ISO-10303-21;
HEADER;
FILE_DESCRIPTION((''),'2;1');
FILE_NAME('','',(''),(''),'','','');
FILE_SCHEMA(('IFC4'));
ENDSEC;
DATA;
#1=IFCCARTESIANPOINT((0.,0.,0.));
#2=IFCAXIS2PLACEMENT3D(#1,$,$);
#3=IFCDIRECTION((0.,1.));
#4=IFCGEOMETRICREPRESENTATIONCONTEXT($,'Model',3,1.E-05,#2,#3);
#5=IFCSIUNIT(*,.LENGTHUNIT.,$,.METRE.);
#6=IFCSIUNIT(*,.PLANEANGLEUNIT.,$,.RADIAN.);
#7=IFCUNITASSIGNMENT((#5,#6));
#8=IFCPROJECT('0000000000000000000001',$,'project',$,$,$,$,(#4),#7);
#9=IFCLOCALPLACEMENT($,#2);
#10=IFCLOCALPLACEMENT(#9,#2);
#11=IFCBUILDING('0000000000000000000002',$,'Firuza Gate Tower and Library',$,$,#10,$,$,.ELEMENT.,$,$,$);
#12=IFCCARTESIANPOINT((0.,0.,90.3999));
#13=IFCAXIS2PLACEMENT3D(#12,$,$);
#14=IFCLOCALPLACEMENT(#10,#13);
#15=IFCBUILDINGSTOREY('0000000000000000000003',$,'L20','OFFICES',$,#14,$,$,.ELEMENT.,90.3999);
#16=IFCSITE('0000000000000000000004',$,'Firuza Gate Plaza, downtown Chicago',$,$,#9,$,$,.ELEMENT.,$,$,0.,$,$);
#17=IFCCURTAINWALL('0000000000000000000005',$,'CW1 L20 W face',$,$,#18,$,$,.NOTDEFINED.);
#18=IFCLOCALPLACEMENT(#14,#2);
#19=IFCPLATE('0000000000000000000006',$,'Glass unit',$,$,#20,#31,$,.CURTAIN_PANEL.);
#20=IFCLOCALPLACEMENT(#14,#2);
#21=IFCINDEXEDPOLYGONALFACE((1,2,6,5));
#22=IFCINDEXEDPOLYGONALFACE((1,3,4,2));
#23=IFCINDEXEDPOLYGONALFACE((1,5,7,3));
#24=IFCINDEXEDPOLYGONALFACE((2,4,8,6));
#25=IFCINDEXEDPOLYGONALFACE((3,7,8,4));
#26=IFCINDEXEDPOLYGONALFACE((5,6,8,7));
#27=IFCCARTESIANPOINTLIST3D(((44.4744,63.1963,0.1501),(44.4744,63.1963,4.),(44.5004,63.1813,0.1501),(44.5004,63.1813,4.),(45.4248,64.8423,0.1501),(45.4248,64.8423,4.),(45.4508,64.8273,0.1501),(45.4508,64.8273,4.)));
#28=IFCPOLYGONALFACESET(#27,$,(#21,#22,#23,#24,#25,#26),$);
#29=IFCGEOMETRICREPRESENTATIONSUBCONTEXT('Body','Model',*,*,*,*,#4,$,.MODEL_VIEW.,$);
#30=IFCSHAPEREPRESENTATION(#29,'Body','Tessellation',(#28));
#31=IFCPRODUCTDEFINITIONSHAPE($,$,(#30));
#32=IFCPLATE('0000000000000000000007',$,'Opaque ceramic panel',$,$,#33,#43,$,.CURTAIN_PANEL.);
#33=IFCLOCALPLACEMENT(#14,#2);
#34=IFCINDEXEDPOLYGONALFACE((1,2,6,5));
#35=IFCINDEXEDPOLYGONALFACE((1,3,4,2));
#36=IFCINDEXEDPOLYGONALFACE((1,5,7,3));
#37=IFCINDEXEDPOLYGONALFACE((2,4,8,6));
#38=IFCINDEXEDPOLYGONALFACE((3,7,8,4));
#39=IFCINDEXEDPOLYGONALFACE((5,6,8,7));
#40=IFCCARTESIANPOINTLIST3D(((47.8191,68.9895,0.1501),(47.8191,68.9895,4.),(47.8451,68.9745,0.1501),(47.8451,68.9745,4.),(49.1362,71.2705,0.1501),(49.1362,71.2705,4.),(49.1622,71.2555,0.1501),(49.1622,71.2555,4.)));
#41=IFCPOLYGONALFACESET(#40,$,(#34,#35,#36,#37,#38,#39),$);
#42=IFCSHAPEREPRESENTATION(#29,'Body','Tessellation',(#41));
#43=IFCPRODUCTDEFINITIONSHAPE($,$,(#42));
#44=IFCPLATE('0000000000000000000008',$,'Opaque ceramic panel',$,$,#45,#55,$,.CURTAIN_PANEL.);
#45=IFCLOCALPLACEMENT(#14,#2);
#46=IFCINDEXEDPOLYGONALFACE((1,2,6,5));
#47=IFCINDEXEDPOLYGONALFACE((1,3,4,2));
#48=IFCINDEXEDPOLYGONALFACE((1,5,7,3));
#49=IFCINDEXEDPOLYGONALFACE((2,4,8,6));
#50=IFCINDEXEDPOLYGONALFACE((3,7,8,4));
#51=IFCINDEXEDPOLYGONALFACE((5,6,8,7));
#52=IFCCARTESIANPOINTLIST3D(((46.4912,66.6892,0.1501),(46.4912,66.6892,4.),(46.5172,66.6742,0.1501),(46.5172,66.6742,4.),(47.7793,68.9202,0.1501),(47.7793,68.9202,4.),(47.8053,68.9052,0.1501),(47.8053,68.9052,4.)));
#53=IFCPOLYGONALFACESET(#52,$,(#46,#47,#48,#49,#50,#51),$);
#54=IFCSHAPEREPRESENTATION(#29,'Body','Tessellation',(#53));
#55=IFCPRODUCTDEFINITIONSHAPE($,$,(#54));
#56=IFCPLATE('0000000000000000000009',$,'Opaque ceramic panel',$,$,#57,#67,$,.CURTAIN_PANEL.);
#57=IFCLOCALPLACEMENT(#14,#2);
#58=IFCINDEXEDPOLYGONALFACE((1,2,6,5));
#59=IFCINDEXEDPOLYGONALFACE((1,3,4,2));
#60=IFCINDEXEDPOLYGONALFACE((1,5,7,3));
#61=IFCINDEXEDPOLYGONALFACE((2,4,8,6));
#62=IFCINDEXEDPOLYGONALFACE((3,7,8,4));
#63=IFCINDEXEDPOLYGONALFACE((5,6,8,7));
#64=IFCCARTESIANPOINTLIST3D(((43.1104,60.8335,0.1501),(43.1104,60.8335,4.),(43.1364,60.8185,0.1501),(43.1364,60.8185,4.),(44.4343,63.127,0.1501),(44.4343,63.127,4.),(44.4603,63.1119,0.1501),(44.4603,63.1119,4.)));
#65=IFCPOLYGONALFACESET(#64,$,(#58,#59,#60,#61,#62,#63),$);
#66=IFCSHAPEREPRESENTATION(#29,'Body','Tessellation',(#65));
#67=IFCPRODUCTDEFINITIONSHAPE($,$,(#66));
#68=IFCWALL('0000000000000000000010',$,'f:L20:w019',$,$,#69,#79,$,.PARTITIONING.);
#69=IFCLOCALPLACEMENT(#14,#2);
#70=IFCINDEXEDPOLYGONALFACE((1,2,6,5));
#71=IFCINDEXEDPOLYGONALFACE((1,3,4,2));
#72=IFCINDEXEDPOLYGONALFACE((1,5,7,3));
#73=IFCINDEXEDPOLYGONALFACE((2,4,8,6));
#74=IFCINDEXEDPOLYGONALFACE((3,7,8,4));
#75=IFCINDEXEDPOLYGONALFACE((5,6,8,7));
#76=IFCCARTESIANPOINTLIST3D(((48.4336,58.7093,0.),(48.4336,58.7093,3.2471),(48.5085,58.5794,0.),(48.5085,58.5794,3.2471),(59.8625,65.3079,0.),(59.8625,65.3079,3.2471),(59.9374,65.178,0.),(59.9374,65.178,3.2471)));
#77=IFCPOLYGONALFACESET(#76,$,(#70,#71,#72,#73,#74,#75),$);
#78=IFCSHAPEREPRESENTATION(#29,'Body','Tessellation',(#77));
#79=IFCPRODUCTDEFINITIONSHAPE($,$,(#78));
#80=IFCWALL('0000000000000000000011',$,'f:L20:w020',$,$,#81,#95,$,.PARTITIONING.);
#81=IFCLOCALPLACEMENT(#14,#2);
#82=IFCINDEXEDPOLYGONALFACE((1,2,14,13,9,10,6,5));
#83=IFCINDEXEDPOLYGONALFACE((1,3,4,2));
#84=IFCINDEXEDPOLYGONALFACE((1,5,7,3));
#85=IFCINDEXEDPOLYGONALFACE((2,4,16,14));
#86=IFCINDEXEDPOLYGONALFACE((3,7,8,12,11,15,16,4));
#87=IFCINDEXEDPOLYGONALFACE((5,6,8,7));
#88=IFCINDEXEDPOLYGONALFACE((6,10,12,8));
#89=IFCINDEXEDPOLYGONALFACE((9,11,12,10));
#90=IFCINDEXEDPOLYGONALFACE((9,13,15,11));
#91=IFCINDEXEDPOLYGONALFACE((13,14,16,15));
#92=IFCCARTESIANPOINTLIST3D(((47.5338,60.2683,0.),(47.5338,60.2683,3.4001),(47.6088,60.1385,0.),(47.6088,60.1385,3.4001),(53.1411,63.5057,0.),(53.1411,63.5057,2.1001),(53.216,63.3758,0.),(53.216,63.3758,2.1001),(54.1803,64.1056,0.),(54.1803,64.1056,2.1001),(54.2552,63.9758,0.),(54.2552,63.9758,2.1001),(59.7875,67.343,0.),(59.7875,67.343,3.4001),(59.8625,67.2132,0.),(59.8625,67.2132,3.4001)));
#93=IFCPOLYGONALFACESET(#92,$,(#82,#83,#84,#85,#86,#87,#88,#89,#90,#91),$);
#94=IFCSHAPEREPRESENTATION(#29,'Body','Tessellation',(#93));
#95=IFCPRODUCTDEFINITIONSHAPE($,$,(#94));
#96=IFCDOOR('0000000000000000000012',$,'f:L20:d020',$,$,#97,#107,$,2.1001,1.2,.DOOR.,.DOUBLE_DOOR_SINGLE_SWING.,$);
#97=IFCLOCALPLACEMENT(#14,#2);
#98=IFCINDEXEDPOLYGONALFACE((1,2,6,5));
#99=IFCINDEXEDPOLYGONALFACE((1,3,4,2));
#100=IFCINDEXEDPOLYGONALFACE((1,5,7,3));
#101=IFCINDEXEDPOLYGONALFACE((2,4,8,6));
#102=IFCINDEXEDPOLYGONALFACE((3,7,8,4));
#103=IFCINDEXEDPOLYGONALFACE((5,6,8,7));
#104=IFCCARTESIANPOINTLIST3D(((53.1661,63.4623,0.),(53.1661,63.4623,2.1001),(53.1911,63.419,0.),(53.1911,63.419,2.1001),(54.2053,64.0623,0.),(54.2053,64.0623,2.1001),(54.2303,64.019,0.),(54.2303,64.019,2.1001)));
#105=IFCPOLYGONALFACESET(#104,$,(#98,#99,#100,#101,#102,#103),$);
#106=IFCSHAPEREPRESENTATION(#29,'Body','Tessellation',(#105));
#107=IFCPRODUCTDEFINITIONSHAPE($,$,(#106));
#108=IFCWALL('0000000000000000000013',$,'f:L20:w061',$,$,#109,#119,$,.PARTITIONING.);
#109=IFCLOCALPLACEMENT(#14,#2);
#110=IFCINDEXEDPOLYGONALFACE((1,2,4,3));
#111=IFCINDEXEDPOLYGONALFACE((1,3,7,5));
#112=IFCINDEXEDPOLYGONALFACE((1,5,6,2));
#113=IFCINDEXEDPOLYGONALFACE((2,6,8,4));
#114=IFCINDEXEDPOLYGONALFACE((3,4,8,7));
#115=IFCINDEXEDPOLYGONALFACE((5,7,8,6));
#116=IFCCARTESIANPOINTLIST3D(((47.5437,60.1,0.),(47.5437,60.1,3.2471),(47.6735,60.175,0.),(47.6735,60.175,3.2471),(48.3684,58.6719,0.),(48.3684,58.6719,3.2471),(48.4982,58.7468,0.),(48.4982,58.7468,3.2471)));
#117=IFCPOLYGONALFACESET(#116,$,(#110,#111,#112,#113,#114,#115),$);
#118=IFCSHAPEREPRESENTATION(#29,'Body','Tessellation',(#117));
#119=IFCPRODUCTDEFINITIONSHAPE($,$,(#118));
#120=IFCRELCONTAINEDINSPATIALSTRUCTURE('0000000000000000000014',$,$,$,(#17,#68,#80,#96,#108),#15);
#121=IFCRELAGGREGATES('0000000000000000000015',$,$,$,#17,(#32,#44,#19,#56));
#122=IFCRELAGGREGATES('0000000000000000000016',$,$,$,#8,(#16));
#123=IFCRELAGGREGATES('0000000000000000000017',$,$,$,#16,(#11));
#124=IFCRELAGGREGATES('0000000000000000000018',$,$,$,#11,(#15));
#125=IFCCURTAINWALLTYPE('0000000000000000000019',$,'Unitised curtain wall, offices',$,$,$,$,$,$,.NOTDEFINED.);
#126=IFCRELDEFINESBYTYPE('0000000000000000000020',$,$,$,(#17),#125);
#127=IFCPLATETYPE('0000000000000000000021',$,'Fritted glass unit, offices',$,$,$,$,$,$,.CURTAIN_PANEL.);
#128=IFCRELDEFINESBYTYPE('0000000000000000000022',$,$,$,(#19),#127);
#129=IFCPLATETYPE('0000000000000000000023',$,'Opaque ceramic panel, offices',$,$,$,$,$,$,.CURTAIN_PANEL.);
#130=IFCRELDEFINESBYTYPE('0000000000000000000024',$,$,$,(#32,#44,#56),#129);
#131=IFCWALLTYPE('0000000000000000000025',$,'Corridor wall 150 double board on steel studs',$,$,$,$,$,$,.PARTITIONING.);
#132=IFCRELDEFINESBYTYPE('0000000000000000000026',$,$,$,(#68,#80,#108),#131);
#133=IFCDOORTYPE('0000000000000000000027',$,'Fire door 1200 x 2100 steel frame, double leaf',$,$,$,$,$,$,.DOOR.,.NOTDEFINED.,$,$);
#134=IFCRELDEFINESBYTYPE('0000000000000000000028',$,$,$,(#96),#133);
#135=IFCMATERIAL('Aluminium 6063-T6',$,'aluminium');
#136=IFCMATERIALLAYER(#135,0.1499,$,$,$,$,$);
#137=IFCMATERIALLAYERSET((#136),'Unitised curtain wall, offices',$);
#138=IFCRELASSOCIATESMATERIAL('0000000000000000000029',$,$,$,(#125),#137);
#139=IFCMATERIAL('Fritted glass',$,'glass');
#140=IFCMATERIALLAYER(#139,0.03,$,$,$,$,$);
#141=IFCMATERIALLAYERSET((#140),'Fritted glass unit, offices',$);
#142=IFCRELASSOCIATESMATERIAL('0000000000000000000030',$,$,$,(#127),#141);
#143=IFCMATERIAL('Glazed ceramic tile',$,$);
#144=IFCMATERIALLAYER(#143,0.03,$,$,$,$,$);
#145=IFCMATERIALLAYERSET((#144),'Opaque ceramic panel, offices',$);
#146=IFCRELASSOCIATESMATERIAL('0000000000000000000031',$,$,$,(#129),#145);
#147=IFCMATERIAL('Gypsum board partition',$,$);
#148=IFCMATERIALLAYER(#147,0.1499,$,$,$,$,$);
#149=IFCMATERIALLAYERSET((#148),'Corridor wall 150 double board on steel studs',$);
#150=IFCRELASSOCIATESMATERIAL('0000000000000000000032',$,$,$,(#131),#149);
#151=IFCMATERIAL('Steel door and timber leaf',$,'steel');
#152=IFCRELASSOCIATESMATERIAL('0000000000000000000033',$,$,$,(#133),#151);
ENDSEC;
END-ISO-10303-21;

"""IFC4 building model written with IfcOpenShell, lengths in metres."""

from ifc_helpers import new_model, si_unit, direction, frame, frame_2d, origin, place, context, subcontext, project, spatial, polyline, rectangle, outline, extrude, material, layer, layer_set, type_object, element, fill, aggregate, save


model = new_model("IFC4")

# Units and contexts
model_context = context("Model", 3, precision=1e-05, world=origin(), true_north=direction((0.0, 1.0)))
body_context = subcontext(model_context, "Body", "Model", "MODEL_VIEW")
ifc_project = project(units=[si_unit("LENGTHUNIT", "METRE"), si_unit("PLANEANGLEUNIT", "RADIAN")], contexts=[model_context])

# Site, building, storey
site_placement = place(None, origin())
site = spatial("IfcSite", under=ifc_project, at=site_placement, Name="Firuza Gate Plaza, downtown Chicago", CompositionType="ELEMENT", RefElevation=0.0)
building_placement = place(site_placement, origin())
building = spatial("IfcBuilding", under=site, at=building_placement, Name="Firuza Gate Tower and Library", CompositionType="ELEMENT")
storey_placement = place(building_placement, frame((0.0, 0.0, 90.3999)))
storey = spatial("IfcBuildingStorey", under=building, at=storey_placement, Name="L20", Description="OFFICES", CompositionType="ELEMENT", Elevation=90.3999)

# Curtain wall
ifc_material_1 = material(Name="Aluminium 6063-T6", Category="aluminium")
ifc_layer_1 = layer(ifc_material_1, 0.1499)
ifc_layer_set_1 = layer_set([ifc_layer_1], Name="Unitised curtain wall, offices")
curtain_wall_type_1 = type_object("IfcCurtainWallType", Name="Unitised curtain wall, offices", PredefinedType="NOTDEFINED", material=ifc_layer_set_1)
placement = place(storey_placement, origin())
curtain_wall_1 = element("IfcCurtainWall", 1, at=placement, inside=storey, type_object=curtain_wall_type_1, Name="CW1 L20 W face", PredefinedType="NOTDEFINED")

# Plates
ifc_material_2 = material(Name="Fritted glass", Category="glass")
ifc_layer_2 = layer(ifc_material_2, 0.03)
ifc_layer_set_2 = layer_set([ifc_layer_2], Name="Fritted glass unit, offices")
plate_type_1 = type_object("IfcPlateType", Name="Fritted glass unit, offices", PredefinedType="CURTAIN_PANEL", material=ifc_layer_set_2)
plate_1_placement = place(storey_placement, frame((45.4248, 64.8423, 0.1501), z_axis=(-0.865997, 0.500049, 0.0), x_axis=(-0.500049, -0.865997, 0.0)))
plate_1 = element("IfcPlate", 2, at=plate_1_placement, type_object=plate_type_1, Name="Glass unit", PredefinedType="CURTAIN_PANEL", context=body_context, shape_type="SweptSolid", body=[
    extrude(outline(polyline([(0.0, 0.0), (1.9007, 0.0), (1.9007, 3.8499), (0.0, 3.8499), (0.0, 0.0)])), origin(), (0.0, 0.0, -1.0), 0.03),
])
ifc_material_3 = material(Name="Glazed ceramic tile")
ifc_layer_3 = layer(ifc_material_3, 0.03)
ifc_layer_set_3 = layer_set([ifc_layer_3], Name="Opaque ceramic panel, offices")
plate_type_2 = type_object("IfcPlateType", Name="Opaque ceramic panel, offices", PredefinedType="CURTAIN_PANEL", material=ifc_layer_set_3)
plate_2_placement = place(storey_placement, frame((49.1362, 71.2705, 0.1501), z_axis=(-0.865993, 0.500057, 0.0), x_axis=(-0.500057, -0.865993, 0.0)))
plate_2 = element("IfcPlate", 3, at=plate_2_placement, type_object=plate_type_2, Name="Opaque ceramic panel", PredefinedType="CURTAIN_PANEL", context=body_context, shape_type="SweptSolid", body=[
    extrude(outline(polyline([(0.0, 0.0), (2.634, 0.0), (2.634, 3.8499), (0.0, 3.8499), (0.0, 0.0)])), origin(), (0.0, 0.0, -1.0), 0.03),
])
plate_3_placement = place(storey_placement, frame((47.7793, 68.9202, 0.1501), z_axis=(-0.866018, 0.500012, 0.0), x_axis=(-0.500012, -0.866018, 0.0)))
plate_3 = element("IfcPlate", 4, at=plate_3_placement, type_object=plate_type_2, Name="Opaque ceramic panel", PredefinedType="CURTAIN_PANEL", context=body_context, shape_type="SweptSolid", body=[
    extrude(outline(polyline([(0.0, 0.0), (2.5761, 0.0), (2.5761, 3.8499), (0.0, 3.8499), (0.0, 0.0)])), origin(), (0.0, 0.0, -1.0), 0.03),
])
plate_4_placement = place(storey_placement, frame((44.4343, 63.127, 0.1501), z_axis=(-0.86605, 0.499957, 0.0), x_axis=(-0.499957, -0.86605, 0.0)))
plate_4 = element("IfcPlate", 5, at=plate_4_placement, type_object=plate_type_2, Name="Opaque ceramic panel", PredefinedType="CURTAIN_PANEL", context=body_context, shape_type="SweptSolid", body=[
    extrude(outline(polyline([(0.0, 0.0), (2.6482, 0.0), (2.6482, 3.8499), (0.0, 3.8499), (0.0, 0.0)])), origin(), (0.0, 0.0, -1.0), 0.03),
])
aggregate(curtain_wall_1, [plate_2, plate_3, plate_1, plate_4])

# Wall
ifc_material_4 = material(Name="Gypsum board partition")
ifc_layer_4 = layer(ifc_material_4, 0.1499)
ifc_layer_set_4 = layer_set([ifc_layer_4], Name="Corridor wall 150 double board on steel studs")
wall_type = type_object("IfcWallType", Name="Corridor wall 150 double board on steel studs", PredefinedType="PARTITIONING", material=ifc_layer_set_4)
wall_1_placement = place(storey_placement, frame((48.4709, 58.6443, 0.0), z_axis=(0.0, 0.0, 1.0), x_axis=(0.866021, 0.500007, 0.0)))
element("IfcWall", 6, at=wall_1_placement, inside=storey, type_object=wall_type, Name="f:L20:w019", PredefinedType="PARTITIONING", context=body_context, shape_type="SweptSolid", body=[
    extrude(rectangle(XDim=13.197, YDim=0.1499, at=frame_2d((6.5986, 0.0))), origin(), (0.0, 0.0, 1.0), 3.2471),
])

# Wall, opening, door
wall_2_placement = place(storey_placement, frame((47.5713, 60.2034, 0.0), z_axis=(0.0, 0.0, 1.0), x_axis=(0.866024, 0.500003, 0.0)))
wall_2 = element("IfcWall", 7, at=wall_2_placement, inside=storey, type_object=wall_type, Name="f:L20:w020", PredefinedType="PARTITIONING", context=body_context, shape_type="SweptSolid", body=[
    extrude(rectangle(XDim=14.1494, YDim=0.1499, at=frame_2d((7.0747, 0.0))), origin(), (0.0, 0.0, 1.0), 3.4001),
])
opening_placement = place(wall_2_placement, frame((6.4746, 0.0, 0.0)))
opening = element("IfcOpeningElement", 8, at=opening_placement, cuts=wall_2, PredefinedType="OPENING", context=body_context, shape_type="SweptSolid", body=[
    extrude(rectangle(XDim=1.2, YDim=2.1001, at=frame_2d((0.6001, 1.05))), frame((0.0, 0.085, 0.0), z_axis=(0.0, -1.0, 0.0), x_axis=(1.0, 0.0, 0.0)), (0.0, 0.0, 1.0), 0.1699),
])
ifc_material_5 = material(Name="Steel door and timber leaf", Category="steel")
door_type = type_object("IfcDoorType", Name="Fire door 1200 x 2100 steel frame, double leaf", OperationType="NOTDEFINED", PredefinedType="DOOR", material=ifc_material_5)
door_placement = place(opening_placement, origin())
door = element("IfcDoor", 9, at=door_placement, inside=storey, type_object=door_type, Name="f:L20:d020", OperationType="DOUBLE_DOOR_SINGLE_SWING", OverallHeight=2.1001, OverallWidth=1.2, PredefinedType="DOOR", context=body_context, shape_type="SweptSolid", body=[
    extrude(rectangle(XDim=1.2, YDim=2.1001, at=frame_2d((0.6001, 1.05))), frame((0.0, 0.0249, 0.0), z_axis=(0.0, -1.0, 0.0), x_axis=(1.0, 0.0, 0.0)), (0.0, 0.0, 1.0), 0.05),
])
fill(opening, door)

# Wall
wall_3_placement = place(storey_placement, frame((48.4333, 58.7092, 0.0), z_axis=(0.0, 0.0, 1.0), x_axis=(-0.500056, 0.865993, 0.0)))
element("IfcWall", 10, at=wall_3_placement, inside=storey, type_object=wall_type, Name="f:L20:w061", PredefinedType="PARTITIONING", context=body_context, shape_type="SweptSolid", body=[
    extrude(rectangle(XDim=1.6492, YDim=0.1499, at=frame_2d((0.8247, 0.0))), origin(), (0.0, 0.0, 1.0), 3.2471),
])

save(model, "model.ifc")
